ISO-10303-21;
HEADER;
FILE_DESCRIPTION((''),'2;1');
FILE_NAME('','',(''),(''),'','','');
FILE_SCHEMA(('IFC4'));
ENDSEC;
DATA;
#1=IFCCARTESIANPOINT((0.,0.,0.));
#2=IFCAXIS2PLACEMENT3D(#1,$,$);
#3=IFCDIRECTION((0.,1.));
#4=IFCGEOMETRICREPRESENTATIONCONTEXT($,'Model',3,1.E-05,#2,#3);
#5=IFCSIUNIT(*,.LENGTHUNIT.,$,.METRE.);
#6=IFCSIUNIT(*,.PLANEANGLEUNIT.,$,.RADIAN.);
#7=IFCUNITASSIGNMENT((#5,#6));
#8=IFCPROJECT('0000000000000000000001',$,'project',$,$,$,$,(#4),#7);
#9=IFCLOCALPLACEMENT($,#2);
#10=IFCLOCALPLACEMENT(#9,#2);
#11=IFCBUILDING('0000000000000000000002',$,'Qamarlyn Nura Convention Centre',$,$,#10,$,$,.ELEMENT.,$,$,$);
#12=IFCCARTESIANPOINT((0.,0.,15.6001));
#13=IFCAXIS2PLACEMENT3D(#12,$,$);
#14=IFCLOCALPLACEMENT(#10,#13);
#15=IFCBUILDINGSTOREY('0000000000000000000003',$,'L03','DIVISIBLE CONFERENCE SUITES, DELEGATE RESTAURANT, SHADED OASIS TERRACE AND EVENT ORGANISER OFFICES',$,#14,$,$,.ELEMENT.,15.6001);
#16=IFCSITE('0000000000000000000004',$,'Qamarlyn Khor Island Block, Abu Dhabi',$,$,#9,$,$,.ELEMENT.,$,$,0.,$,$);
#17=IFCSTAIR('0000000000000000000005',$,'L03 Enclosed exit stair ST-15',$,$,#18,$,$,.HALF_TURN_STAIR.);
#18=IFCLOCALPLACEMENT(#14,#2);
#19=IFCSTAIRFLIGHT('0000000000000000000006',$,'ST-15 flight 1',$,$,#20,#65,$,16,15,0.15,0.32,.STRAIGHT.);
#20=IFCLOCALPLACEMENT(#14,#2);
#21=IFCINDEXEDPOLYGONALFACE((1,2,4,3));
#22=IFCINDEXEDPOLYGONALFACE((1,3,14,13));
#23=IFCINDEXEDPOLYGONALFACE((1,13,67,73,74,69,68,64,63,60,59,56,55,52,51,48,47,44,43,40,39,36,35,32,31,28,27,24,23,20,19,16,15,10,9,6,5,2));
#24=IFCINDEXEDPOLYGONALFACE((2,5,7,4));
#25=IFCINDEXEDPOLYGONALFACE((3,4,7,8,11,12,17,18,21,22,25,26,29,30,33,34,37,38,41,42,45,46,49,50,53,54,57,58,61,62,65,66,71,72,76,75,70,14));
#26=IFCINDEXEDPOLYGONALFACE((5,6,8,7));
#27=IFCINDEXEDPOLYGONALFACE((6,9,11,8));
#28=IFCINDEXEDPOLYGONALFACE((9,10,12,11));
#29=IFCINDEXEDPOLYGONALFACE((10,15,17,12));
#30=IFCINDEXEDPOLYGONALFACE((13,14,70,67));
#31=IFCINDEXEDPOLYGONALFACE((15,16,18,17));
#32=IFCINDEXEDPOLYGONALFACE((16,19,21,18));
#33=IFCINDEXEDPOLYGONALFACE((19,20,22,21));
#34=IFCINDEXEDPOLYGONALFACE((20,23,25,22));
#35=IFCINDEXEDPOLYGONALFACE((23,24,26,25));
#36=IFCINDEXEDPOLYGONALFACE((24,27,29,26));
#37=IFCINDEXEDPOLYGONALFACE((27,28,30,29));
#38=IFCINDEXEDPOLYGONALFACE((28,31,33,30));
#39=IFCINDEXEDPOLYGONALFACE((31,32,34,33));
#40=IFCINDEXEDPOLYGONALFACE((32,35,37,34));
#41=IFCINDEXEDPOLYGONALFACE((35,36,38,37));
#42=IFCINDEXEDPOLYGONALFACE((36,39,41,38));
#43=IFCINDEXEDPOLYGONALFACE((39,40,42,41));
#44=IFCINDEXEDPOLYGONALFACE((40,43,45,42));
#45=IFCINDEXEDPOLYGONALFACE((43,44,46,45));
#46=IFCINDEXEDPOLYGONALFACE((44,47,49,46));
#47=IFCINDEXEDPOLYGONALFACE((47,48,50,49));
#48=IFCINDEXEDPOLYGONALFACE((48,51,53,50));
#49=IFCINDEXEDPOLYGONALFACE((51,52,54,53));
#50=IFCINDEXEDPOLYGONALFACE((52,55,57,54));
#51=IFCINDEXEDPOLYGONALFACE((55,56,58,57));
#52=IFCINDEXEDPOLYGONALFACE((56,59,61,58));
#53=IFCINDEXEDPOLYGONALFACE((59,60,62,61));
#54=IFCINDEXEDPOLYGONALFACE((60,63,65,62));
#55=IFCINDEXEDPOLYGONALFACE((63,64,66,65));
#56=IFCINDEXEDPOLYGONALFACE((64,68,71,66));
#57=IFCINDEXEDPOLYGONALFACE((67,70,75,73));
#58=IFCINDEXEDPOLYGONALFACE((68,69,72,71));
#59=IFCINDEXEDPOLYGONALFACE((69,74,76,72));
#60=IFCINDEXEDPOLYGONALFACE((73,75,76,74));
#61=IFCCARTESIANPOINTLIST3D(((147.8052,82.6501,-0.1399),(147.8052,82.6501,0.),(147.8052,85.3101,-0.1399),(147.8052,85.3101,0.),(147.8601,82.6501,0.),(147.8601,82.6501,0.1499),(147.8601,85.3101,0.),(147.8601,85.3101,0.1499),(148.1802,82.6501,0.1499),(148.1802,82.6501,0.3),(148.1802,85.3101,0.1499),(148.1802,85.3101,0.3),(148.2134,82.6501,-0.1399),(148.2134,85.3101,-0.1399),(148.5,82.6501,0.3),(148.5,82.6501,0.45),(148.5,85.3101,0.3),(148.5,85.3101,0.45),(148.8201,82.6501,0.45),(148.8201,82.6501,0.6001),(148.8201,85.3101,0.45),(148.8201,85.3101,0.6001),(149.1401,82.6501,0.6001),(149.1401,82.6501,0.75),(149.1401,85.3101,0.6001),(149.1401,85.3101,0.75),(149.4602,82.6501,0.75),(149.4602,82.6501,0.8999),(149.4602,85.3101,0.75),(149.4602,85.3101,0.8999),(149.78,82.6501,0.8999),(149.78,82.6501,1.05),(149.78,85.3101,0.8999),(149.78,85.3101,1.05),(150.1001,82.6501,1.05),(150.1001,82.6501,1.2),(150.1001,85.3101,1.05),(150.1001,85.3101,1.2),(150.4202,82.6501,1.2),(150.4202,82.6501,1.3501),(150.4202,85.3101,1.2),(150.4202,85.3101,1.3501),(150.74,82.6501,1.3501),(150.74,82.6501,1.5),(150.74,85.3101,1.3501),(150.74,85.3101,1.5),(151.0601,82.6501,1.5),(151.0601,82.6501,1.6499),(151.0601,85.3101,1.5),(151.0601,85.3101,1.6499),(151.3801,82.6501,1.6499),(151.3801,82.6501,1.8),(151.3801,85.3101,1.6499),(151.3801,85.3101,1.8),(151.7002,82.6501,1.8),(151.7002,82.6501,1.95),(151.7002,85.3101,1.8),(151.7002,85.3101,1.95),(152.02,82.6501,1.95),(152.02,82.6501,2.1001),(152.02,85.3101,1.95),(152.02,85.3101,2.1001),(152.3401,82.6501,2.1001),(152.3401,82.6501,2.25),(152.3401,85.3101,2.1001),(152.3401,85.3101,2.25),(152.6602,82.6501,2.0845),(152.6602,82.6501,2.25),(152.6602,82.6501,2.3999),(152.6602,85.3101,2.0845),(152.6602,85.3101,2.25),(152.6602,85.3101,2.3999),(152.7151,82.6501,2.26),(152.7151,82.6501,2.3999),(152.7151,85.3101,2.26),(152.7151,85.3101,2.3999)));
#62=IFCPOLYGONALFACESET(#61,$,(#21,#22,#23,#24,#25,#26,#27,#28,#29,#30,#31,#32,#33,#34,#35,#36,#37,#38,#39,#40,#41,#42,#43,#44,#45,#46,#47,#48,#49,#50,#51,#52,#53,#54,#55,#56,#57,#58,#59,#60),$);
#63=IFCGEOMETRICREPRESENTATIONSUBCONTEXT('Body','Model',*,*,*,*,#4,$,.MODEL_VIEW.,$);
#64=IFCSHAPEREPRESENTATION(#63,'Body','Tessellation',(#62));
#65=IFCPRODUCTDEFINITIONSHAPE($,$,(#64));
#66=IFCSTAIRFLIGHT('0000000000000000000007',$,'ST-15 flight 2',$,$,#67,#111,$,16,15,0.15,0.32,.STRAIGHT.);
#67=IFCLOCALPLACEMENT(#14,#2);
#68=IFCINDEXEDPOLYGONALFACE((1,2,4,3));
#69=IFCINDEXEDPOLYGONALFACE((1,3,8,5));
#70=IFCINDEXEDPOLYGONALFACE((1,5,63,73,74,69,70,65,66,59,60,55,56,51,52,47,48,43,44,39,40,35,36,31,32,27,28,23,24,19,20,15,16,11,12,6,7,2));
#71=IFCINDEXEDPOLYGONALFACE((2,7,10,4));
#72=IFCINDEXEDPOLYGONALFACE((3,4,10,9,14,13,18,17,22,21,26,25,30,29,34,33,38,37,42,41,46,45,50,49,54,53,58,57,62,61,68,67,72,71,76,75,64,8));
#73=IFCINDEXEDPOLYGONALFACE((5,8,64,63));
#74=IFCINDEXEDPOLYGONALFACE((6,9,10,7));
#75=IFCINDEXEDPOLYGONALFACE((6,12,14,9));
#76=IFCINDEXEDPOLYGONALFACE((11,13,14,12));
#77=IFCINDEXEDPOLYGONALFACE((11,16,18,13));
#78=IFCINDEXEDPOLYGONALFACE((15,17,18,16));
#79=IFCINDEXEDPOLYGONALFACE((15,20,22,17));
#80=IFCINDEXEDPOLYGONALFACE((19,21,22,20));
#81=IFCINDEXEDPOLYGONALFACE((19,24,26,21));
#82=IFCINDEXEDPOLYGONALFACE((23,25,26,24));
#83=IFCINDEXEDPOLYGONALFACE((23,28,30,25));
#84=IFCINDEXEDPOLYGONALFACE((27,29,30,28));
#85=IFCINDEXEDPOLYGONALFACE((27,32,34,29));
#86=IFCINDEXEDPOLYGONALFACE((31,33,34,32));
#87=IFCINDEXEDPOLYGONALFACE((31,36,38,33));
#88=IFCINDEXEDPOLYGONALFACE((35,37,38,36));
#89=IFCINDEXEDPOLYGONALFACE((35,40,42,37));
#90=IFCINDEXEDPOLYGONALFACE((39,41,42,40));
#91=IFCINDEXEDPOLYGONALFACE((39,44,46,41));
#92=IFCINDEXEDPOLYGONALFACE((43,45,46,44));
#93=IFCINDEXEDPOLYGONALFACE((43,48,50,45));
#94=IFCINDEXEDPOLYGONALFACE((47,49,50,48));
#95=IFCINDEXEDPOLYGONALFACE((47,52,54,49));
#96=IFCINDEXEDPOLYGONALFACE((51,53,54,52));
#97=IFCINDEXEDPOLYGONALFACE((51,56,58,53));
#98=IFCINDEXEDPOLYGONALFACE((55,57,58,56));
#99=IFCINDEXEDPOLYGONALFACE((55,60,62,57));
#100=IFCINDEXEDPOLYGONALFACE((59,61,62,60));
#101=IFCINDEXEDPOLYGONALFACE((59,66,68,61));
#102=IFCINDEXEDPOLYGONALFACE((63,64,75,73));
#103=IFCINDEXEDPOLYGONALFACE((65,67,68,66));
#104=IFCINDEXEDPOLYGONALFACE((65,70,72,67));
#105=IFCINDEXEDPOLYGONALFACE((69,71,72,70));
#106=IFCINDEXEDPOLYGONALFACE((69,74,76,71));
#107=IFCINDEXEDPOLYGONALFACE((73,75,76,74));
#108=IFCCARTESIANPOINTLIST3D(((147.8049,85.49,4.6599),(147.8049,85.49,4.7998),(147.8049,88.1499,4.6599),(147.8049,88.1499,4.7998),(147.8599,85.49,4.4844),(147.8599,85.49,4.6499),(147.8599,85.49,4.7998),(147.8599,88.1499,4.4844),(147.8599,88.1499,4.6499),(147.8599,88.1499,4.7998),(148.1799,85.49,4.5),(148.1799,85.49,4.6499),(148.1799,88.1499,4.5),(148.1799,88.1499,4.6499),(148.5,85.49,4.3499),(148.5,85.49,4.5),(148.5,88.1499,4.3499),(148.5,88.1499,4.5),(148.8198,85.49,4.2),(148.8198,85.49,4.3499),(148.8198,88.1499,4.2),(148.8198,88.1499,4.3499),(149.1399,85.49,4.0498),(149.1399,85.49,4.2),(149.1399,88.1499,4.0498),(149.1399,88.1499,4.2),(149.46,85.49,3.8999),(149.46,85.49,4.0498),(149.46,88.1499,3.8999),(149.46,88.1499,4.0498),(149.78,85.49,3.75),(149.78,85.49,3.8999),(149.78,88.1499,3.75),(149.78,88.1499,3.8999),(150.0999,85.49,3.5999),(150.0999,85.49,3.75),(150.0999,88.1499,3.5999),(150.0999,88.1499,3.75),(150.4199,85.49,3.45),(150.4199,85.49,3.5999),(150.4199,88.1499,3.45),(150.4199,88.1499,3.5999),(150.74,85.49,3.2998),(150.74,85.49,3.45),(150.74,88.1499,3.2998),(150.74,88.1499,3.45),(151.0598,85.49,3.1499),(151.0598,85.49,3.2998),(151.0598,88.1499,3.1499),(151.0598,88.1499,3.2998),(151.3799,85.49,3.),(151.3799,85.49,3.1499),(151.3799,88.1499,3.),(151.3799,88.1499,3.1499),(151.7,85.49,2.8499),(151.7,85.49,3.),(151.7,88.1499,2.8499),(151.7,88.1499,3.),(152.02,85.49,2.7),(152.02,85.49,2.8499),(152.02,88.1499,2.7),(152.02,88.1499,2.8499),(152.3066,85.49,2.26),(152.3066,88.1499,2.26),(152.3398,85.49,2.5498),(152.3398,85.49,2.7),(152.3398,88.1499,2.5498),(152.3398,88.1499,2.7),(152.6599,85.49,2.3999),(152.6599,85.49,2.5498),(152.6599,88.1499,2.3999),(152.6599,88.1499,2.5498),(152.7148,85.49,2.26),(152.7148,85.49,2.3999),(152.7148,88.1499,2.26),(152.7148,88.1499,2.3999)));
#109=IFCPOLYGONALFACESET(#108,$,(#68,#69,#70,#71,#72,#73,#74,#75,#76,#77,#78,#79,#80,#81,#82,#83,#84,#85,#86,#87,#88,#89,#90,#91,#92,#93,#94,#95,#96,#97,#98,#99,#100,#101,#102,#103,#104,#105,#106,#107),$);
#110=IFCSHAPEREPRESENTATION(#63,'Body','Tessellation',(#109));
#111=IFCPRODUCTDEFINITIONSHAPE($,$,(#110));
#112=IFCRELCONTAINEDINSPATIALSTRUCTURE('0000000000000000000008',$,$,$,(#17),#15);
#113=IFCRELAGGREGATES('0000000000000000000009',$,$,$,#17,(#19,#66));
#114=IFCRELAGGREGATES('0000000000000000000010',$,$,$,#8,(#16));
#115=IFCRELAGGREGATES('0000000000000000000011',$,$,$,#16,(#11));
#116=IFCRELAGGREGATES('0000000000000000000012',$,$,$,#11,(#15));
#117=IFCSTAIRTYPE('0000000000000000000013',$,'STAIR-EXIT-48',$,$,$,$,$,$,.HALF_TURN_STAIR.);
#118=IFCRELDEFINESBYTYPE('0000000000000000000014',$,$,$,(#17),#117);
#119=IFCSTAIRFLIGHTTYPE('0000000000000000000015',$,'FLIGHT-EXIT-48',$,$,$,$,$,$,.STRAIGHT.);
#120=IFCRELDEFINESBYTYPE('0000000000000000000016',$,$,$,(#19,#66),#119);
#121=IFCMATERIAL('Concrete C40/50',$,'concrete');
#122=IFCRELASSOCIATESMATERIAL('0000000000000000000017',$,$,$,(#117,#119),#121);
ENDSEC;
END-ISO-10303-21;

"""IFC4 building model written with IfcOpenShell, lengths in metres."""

from ifc_helpers import new_model, si_unit, direction, frame, origin, place, context, subcontext, project, spatial, polyline, outline, extrude, material, type_object, element, aggregate, save


model = new_model("IFC4")

# Units and contexts
model_context = context("Model", 3, precision=1e-05, world=origin(), true_north=direction((0.0, 1.0)))
body_context = subcontext(model_context, "Body", "Model", "MODEL_VIEW")
ifc_project = project(units=[si_unit("LENGTHUNIT", "METRE"), si_unit("PLANEANGLEUNIT", "RADIAN")], contexts=[model_context])

# Site, building, storey
site_placement = place(None, origin())
site = spatial("IfcSite", under=ifc_project, at=site_placement, Name="Qamarlyn Khor Island Block, Abu Dhabi", CompositionType="ELEMENT", RefElevation=0.0)
building_placement = place(site_placement, origin())
building = spatial("IfcBuilding", under=site, at=building_placement, Name="Qamarlyn Nura Convention Centre", CompositionType="ELEMENT")
storey_placement = place(building_placement, frame((0.0, 0.0, 15.6001)))
storey = spatial("IfcBuildingStorey", under=building, at=storey_placement, Name="L03", Description="DIVISIBLE CONFERENCE SUITES, DELEGATE RESTAURANT, SHADED OASIS TERRACE AND EVENT ORGANISER OFFICES", CompositionType="ELEMENT", Elevation=15.6001)

# Stair, stair flights
ifc_material_1 = material(Name="Concrete C40/50", Category="concrete")
stair_type = type_object("IfcStairType", Name="STAIR-EXIT-48", PredefinedType="HALF_TURN_STAIR", material=ifc_material_1)
stair_placement = place(storey_placement, origin())
stair = element("IfcStair", 1, at=stair_placement, inside=storey, type_object=stair_type, Name="L03 Enclosed exit stair ST-15", PredefinedType="HALF_TURN_STAIR")
stair_flight_type = type_object("IfcStairFlightType", Name="FLIGHT-EXIT-48", PredefinedType="STRAIGHT", material=ifc_material_1)
stair_flight_1_placement = place(storey_placement, frame((147.8601, 83.98, 0.0), z_axis=(0.0, 0.0, 1.0), x_axis=(1.0, 0.0, 0.0)))
stair_flight_1 = element("IfcStairFlight", 2, at=stair_flight_1_placement, type_object=stair_flight_type, Name="ST-15 flight 1", NumberOfRisers=16, NumberOfTreads=15, PredefinedType="STRAIGHT", RiserHeight=0.15, TreadLength=0.32, context=body_context, shape_type="SweptSolid", body=[
    extrude(outline(polyline([(-0.0549, 0.0), (0.0, 0.0), (0.0, 0.1499), (0.3201, 0.1499), (0.3201, 0.3), (0.6399, 0.3), (0.6399, 0.45), (0.96, 0.45), (0.96, 0.6001), (1.28, 0.6001), (1.28, 0.75), (1.6001, 0.75), (1.6001, 0.8999), (1.9199, 0.8999), (1.9199, 1.05), (2.24, 1.05), (2.24, 1.2), (2.5601, 1.2), (2.5601, 1.3501), (2.8799, 1.3501), (2.8799, 1.5), (3.2, 1.5), (3.2, 1.6499), (3.52, 1.6499), (3.52, 1.8), (3.8401, 1.8), (3.8401, 1.95), (4.1599, 1.95), (4.1599, 2.1001), (4.48, 2.1001), (4.48, 2.25), (4.8, 2.25), (4.8, 2.3999), (4.855, 2.3999), (4.855, 2.26), (4.8, 2.0845), (0.3533, -0.1399), (-0.0549, -0.1399), (-0.0549, 0.0)])), frame((0.0, 1.3301, 0.0), z_axis=(0.0, -1.0, 0.0), x_axis=(1.0, 0.0, 0.0)), (0.0, 0.0, 1.0), 2.6599),
])
stair_flight_2_placement = place(storey_placement, frame((152.6599, 86.8201, 2.3999), z_axis=(0.0, 0.0, 1.0), x_axis=(-1.0, 0.0, 0.0)))
stair_flight_2 = element("IfcStairFlight", 3, at=stair_flight_2_placement, type_object=stair_flight_type, Name="ST-15 flight 2", NumberOfRisers=16, NumberOfTreads=15, PredefinedType="STRAIGHT", RiserHeight=0.15, TreadLength=0.32, context=body_context, shape_type="SweptSolid", body=[
    extrude(outline(polyline([(-0.0549, 0.0), (0.0, 0.0), (0.0, 0.1499), (0.3201, 0.1499), (0.3201, 0.3), (0.6399, 0.3), (0.6399, 0.45), (0.96, 0.45), (0.96, 0.6001), (1.28, 0.6001), (1.28, 0.75), (1.6001, 0.75), (1.6001, 0.8999), (1.9199, 0.8999), (1.9199, 1.05), (2.24, 1.05), (2.24, 1.2), (2.5601, 1.2), (2.5601, 1.3501), (2.8799, 1.3501), (2.8799, 1.5), (3.2, 1.5), (3.2, 1.6499), (3.52, 1.6499), (3.52, 1.8), (3.8401, 1.8), (3.8401, 1.95), (4.1599, 1.95), (4.1599, 2.1001), (4.48, 2.1001), (4.48, 2.25), (4.8, 2.25), (4.8, 2.3999), (4.855, 2.3999), (4.855, 2.26), (4.8, 2.0845), (0.3533, -0.1399), (-0.0549, -0.1399), (-0.0549, 0.0)])), frame((0.0, 1.3301, 0.0), z_axis=(0.0, -1.0, 0.0), x_axis=(1.0, 0.0, 0.0)), (0.0, 0.0, 1.0), 2.6599),
])
aggregate(stair, [stair_flight_1, stair_flight_2])

save(model, "model.ifc")
